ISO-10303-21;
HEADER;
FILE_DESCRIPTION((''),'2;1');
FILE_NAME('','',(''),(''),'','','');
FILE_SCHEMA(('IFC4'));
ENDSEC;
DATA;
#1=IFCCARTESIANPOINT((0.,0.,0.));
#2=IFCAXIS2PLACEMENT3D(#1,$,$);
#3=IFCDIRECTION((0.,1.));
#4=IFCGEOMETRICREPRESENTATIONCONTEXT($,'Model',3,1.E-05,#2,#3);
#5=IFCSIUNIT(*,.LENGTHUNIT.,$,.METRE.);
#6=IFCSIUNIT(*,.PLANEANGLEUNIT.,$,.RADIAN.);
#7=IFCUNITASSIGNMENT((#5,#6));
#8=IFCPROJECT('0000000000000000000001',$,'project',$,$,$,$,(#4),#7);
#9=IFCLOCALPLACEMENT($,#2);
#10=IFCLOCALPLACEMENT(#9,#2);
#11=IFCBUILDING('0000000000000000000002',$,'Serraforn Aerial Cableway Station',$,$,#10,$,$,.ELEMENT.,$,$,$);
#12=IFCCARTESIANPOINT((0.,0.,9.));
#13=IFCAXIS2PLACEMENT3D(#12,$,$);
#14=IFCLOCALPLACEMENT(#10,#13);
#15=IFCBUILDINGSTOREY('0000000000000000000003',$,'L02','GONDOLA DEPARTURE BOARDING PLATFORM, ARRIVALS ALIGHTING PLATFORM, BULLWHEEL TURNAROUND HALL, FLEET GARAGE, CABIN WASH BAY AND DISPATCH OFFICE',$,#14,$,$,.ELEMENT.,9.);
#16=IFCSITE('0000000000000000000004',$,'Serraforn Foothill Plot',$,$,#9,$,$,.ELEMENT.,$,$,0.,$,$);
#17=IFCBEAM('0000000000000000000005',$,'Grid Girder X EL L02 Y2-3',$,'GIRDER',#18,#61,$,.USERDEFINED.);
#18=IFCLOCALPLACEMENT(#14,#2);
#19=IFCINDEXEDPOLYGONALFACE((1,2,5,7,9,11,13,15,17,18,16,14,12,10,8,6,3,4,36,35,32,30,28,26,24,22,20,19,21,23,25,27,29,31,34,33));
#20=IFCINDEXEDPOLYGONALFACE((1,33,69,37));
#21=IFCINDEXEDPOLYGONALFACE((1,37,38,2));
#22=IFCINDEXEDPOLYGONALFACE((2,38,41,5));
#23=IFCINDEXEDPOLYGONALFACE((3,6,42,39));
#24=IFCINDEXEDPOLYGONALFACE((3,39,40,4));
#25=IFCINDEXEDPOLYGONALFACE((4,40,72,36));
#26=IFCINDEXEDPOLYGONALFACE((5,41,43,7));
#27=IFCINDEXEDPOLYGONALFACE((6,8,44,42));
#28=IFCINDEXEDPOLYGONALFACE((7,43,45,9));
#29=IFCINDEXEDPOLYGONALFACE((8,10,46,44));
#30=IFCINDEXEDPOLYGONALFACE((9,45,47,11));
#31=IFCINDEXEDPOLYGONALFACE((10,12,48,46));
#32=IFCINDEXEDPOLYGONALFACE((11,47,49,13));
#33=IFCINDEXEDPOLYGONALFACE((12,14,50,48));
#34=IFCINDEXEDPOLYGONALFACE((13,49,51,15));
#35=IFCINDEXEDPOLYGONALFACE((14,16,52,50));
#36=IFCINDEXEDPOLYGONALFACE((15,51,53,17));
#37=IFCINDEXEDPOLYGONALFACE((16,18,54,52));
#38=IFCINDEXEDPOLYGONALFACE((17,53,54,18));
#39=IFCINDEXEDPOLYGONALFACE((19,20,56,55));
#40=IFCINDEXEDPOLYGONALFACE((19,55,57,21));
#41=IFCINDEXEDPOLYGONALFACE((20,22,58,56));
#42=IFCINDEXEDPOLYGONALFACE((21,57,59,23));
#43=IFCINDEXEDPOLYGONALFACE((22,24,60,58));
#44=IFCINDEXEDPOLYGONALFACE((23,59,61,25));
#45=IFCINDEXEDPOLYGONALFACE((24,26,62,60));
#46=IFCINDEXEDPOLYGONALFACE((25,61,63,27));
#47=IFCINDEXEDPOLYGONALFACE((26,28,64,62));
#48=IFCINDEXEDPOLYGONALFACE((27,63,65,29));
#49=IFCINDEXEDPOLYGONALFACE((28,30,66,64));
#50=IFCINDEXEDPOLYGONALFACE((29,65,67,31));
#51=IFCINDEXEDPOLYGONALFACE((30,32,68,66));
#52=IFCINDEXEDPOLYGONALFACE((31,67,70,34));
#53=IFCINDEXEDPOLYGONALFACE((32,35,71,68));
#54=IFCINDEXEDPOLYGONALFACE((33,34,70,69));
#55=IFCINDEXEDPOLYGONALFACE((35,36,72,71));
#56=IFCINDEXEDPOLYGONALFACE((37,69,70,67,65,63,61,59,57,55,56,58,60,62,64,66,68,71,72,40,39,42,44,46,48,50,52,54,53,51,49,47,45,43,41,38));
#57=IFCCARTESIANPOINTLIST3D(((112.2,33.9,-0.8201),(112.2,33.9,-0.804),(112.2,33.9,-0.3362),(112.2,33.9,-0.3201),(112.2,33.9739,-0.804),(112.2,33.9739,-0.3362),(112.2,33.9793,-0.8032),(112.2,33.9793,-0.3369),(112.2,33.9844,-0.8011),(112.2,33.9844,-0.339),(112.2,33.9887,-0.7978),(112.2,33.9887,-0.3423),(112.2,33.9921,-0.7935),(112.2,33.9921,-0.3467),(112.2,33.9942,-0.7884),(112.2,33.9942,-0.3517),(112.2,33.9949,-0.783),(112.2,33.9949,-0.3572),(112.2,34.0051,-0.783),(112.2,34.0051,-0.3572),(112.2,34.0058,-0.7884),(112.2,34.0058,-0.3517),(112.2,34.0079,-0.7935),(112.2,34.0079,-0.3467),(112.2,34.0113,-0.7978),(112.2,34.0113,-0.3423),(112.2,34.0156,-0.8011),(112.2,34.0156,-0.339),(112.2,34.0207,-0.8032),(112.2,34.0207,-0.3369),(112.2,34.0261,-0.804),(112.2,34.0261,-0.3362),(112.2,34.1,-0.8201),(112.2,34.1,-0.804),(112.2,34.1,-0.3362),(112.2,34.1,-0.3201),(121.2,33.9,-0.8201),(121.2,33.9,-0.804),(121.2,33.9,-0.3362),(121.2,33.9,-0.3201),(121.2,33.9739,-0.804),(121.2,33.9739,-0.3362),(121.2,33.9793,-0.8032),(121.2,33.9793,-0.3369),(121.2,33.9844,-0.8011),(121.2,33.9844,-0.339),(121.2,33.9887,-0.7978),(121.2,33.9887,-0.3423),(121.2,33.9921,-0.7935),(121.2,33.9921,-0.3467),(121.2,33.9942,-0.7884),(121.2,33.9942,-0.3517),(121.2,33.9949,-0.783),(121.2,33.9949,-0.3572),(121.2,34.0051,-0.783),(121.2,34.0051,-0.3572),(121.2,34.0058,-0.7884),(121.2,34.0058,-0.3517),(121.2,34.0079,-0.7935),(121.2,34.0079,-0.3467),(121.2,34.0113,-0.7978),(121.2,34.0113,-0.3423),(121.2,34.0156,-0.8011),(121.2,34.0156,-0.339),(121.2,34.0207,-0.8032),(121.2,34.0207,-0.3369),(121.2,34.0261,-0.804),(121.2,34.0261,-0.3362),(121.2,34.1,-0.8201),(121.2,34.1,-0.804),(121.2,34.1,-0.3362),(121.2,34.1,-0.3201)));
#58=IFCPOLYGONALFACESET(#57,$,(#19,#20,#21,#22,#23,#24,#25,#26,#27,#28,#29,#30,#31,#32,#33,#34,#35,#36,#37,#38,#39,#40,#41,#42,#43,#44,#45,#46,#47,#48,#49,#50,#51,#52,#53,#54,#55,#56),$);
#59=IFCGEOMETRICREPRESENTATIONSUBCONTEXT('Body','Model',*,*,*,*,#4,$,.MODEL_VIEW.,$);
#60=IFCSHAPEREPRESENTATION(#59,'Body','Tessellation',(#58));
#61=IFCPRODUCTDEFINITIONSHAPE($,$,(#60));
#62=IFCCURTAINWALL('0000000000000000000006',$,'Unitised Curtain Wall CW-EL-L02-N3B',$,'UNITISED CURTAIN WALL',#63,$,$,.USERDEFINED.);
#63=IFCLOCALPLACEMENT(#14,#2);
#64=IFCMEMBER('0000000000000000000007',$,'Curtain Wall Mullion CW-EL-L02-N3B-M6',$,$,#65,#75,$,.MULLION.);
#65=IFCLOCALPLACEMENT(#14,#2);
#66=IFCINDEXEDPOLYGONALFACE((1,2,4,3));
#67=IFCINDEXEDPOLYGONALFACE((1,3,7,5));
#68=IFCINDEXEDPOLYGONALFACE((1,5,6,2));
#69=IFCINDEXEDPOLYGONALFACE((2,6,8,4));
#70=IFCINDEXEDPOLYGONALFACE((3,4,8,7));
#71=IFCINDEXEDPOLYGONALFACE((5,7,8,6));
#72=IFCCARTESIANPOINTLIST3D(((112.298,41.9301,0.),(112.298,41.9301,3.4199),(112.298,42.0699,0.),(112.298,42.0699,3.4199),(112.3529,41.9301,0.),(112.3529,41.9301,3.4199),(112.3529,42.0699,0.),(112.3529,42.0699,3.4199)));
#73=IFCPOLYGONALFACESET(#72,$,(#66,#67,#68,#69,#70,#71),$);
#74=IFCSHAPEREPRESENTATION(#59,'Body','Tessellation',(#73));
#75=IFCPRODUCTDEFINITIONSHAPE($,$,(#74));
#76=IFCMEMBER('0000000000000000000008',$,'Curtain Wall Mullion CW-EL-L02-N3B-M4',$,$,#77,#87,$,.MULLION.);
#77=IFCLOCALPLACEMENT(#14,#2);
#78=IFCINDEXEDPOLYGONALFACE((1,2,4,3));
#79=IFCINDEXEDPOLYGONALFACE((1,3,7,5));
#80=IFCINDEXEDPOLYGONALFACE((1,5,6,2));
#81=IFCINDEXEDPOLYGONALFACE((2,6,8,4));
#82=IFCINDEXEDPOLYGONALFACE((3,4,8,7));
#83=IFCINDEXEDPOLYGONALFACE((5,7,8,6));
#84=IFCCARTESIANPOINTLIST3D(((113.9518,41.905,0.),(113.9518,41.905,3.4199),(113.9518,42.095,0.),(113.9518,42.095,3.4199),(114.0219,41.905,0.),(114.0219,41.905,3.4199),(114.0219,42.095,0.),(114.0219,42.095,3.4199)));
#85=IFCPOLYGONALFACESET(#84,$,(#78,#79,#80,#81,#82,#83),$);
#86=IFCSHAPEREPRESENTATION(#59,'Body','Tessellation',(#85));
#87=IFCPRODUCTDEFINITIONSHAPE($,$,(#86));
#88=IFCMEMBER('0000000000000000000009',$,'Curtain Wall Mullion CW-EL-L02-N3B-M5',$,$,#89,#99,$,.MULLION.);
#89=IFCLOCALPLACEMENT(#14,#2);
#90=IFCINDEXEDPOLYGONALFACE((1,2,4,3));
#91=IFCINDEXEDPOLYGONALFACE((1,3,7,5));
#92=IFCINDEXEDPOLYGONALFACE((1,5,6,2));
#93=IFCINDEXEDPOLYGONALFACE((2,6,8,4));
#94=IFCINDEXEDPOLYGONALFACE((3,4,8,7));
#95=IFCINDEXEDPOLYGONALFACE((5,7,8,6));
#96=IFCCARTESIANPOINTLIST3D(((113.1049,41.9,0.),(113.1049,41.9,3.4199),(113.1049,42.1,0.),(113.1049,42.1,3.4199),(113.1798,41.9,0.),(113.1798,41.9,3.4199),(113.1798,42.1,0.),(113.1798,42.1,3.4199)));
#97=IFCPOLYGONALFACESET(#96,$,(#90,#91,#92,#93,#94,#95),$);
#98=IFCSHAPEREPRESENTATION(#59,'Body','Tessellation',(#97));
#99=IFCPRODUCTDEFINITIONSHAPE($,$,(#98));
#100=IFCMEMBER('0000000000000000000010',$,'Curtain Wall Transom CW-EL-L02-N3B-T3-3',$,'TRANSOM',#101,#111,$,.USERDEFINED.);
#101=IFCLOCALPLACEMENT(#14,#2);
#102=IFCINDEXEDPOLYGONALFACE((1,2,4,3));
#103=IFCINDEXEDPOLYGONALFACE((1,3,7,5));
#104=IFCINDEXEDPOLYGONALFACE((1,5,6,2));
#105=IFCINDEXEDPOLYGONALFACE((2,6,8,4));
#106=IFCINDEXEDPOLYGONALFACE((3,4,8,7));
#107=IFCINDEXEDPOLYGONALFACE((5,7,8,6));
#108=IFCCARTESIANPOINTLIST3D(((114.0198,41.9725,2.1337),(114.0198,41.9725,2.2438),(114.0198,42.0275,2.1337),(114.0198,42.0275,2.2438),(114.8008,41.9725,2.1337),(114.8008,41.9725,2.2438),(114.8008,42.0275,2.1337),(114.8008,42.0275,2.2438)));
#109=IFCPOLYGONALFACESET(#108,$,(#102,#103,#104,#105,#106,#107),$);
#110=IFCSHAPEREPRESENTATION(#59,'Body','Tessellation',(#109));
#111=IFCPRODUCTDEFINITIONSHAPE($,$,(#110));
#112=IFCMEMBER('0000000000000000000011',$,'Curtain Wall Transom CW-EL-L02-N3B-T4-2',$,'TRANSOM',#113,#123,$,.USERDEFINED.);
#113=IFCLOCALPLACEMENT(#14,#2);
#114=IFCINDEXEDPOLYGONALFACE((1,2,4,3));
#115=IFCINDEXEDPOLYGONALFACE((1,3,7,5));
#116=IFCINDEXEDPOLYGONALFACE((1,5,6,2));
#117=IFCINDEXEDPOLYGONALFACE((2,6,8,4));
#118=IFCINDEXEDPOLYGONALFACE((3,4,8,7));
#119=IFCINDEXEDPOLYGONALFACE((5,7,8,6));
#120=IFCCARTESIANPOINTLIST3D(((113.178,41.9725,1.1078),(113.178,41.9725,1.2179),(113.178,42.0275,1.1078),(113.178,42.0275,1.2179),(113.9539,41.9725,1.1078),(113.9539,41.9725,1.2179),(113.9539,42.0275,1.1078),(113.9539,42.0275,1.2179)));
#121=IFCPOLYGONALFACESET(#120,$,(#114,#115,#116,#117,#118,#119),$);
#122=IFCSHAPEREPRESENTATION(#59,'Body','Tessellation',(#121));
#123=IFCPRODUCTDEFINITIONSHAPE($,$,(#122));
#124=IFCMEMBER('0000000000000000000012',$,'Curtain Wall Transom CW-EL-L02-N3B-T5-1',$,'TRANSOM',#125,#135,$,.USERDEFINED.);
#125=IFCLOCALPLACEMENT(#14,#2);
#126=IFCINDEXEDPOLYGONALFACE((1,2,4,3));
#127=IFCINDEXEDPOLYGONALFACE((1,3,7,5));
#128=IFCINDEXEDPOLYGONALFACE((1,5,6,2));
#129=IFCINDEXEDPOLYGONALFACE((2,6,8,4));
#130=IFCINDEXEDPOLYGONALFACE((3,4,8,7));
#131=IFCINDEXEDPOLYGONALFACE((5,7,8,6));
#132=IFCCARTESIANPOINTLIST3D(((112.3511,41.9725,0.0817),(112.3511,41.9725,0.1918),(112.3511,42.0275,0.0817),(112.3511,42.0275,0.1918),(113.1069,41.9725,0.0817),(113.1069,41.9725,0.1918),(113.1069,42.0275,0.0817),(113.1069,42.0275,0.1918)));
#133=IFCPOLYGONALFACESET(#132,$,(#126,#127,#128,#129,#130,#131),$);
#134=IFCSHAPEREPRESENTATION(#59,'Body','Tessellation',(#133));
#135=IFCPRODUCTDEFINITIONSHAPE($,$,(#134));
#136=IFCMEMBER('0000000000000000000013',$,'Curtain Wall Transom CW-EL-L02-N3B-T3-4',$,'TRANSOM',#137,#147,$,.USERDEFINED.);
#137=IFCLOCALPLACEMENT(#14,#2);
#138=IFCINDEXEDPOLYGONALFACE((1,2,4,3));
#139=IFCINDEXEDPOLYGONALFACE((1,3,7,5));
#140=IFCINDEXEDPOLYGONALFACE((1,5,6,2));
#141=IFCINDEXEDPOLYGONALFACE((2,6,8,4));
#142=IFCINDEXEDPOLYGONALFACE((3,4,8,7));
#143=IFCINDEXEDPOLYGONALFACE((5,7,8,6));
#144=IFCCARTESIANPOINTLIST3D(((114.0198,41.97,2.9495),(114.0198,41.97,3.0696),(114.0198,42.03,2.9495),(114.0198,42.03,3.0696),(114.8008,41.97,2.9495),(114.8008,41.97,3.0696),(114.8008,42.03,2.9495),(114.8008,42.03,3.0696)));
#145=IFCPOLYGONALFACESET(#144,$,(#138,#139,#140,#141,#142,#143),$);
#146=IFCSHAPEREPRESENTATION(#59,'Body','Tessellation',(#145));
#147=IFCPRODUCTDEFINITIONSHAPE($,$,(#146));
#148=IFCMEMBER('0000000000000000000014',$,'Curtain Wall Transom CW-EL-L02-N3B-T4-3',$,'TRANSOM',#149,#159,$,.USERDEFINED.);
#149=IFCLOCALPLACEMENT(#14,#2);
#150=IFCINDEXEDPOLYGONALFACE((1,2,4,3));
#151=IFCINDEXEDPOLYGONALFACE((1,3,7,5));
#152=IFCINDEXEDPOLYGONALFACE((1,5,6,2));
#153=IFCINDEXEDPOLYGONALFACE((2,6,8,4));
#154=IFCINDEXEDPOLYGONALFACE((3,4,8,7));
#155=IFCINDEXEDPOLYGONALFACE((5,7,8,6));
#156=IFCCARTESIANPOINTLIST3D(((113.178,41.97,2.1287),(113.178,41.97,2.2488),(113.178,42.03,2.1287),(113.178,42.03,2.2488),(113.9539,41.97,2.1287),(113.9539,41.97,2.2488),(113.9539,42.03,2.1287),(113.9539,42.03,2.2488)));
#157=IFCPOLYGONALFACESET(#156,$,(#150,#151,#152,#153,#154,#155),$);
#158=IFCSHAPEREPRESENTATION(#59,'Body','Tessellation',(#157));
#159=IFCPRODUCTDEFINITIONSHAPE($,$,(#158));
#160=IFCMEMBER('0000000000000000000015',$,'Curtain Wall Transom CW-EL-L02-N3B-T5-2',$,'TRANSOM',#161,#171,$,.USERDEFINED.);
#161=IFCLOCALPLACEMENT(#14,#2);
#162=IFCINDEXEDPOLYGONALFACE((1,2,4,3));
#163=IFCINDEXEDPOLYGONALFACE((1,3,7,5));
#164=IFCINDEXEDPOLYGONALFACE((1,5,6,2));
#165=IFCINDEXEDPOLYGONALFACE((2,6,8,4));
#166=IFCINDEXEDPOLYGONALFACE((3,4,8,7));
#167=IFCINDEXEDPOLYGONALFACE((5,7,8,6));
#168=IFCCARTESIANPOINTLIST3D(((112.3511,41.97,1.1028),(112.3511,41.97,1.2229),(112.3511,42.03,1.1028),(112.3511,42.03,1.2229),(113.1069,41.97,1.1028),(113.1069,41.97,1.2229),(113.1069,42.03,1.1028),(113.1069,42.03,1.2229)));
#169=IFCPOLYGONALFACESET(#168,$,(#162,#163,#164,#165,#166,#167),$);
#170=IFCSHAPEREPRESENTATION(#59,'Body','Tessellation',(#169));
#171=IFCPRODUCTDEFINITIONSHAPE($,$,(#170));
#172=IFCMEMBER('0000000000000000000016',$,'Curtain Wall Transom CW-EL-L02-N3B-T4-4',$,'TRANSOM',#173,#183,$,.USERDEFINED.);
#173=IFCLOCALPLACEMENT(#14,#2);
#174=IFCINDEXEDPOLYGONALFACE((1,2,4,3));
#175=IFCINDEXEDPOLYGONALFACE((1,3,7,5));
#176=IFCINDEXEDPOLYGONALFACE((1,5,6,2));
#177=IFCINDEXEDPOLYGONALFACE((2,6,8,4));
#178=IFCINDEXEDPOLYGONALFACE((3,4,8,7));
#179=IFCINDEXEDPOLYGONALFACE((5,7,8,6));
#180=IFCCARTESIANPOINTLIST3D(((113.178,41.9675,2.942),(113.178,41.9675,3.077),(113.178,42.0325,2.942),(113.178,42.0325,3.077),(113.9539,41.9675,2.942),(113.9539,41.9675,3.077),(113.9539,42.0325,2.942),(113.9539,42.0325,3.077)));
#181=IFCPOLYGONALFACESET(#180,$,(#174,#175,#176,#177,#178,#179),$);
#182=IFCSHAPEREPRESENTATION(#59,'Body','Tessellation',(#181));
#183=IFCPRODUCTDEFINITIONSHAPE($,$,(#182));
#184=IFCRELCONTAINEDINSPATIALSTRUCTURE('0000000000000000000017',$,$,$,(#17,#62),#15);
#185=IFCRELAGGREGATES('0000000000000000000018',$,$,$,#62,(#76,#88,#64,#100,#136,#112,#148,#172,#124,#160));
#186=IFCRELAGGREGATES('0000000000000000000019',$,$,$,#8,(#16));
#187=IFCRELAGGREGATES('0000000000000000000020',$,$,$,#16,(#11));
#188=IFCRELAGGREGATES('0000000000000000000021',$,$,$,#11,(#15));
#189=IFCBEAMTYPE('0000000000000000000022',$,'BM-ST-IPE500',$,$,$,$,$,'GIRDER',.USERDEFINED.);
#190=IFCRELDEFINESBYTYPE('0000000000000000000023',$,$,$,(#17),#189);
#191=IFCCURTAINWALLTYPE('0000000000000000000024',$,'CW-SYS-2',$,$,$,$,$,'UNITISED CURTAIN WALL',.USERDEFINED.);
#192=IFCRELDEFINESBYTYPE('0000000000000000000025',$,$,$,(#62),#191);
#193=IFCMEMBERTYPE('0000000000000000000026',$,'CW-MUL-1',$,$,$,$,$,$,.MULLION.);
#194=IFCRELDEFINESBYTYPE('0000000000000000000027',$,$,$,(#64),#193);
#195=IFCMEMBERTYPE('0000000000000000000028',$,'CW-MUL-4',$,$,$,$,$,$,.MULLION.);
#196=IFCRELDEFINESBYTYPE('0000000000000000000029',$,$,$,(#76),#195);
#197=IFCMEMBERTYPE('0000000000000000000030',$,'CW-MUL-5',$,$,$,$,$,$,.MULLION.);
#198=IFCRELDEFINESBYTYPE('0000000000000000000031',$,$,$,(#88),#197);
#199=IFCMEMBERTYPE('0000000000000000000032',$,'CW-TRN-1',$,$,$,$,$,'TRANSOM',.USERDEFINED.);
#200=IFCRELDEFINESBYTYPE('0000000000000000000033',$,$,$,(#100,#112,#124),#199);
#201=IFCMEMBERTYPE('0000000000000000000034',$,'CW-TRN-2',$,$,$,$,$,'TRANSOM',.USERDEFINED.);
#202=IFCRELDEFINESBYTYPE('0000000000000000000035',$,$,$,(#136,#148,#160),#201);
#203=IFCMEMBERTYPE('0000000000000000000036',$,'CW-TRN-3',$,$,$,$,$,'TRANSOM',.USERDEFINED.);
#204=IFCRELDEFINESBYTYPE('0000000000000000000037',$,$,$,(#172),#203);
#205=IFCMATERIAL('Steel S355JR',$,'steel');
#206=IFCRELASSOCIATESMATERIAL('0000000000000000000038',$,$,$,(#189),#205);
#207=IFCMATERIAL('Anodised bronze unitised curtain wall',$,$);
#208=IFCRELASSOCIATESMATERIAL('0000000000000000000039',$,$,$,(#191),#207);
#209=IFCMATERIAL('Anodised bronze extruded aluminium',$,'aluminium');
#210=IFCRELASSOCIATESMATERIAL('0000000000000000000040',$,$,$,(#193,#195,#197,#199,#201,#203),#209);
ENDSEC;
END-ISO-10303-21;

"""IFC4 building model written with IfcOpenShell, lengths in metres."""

from ifc_helpers import new_model, si_unit, direction, frame, origin, origin_2d, place, context, subcontext, project, spatial, rectangle, i_section, extrude, material, material_profile, profile_set, type_object, element, aggregate, save


model = new_model("IFC4")

# Units and contexts
model_context = context("Model", 3, precision=1e-05, world=origin(), true_north=direction((0.0, 1.0)))
body_context = subcontext(model_context, "Body", "Model", "MODEL_VIEW")
ifc_project = project(units=[si_unit("LENGTHUNIT", "METRE"), si_unit("PLANEANGLEUNIT", "RADIAN")], contexts=[model_context])

# Site, building, storey
site_placement = place(None, origin())
site = spatial("IfcSite", under=ifc_project, at=site_placement, Name="Serraforn Foothill Plot", CompositionType="ELEMENT", RefElevation=0.0)
building_placement = place(site_placement, origin())
building = spatial("IfcBuilding", under=site, at=building_placement, Name="Serraforn Aerial Cableway Station", CompositionType="ELEMENT")
storey_placement = place(building_placement, frame((0.0, 0.0, 9.0)))
storey = spatial("IfcBuildingStorey", under=building, at=storey_placement, Name="L02", Description="GONDOLA DEPARTURE BOARDING PLATFORM, ARRIVALS ALIGHTING PLATFORM, BULLWHEEL TURNAROUND HALL, FLEET GARAGE, CABIN WASH BAY AND DISPATCH OFFICE", CompositionType="ELEMENT", Elevation=9.0)

# Beam
ifc_material_1 = material(Name="Steel S355JR", Category="steel")
ifc_material_profile_1 = material_profile(ifc_material_1, i_section(OverallWidth=0.2, OverallDepth=0.5, WebThickness=0.0103, FlangeThickness=0.0161, FilletRadius=0.021, at=origin_2d()), Name="IPE 500")
ifc_profile_set_1 = profile_set([ifc_material_profile_1], Name="Steel S355JR")
beam_type_1 = type_object("IfcBeamType", Name="BM-ST-IPE500", ElementType="GIRDER", PredefinedType="USERDEFINED", material=ifc_profile_set_1)
beam_1_placement = place(storey_placement, frame((112.2, 34.0, -0.5701), z_axis=(1.0, 0.0, 0.0), x_axis=(0.0, 1.0, 0.0)))
element("IfcBeam", 1, at=beam_1_placement, inside=storey, type_object=beam_type_1, Name="Grid Girder X EL L02 Y2-3", ObjectType="GIRDER", PredefinedType="USERDEFINED", context=body_context, shape_type="SweptSolid", body=[
    extrude(i_section(OverallWidth=0.2, OverallDepth=0.5, WebThickness=0.0103, FlangeThickness=0.0161, FilletRadius=0.021, at=origin_2d()), origin(), (0.0, 0.0, 1.0), 9.0),
])

# Curtain wall, members
ifc_material_2 = material(Name="Anodised bronze unitised curtain wall")
curtain_wall_type = type_object("IfcCurtainWallType", Name="CW-SYS-2", ElementType="UNITISED CURTAIN WALL", PredefinedType="USERDEFINED", material=ifc_material_2)
curtain_wall_placement = place(storey_placement, origin())
curtain_wall = element("IfcCurtainWall", 2, at=curtain_wall_placement, inside=storey, type_object=curtain_wall_type, Name="Unitised Curtain Wall CW-EL-L02-N3B", ObjectType="UNITISED CURTAIN WALL", PredefinedType="USERDEFINED")
ifc_material_3 = material(Name="Anodised bronze extruded aluminium", Category="aluminium")
ifc_material_profile_2 = material_profile(ifc_material_3, rectangle(XDim=0.0549, YDim=0.1399, at=origin_2d()), Name="CW MULLION 55x140")
ifc_profile_set_2 = profile_set([ifc_material_profile_2], Name="Anodised bronze extruded aluminium")
member_type_1 = type_object("IfcMemberType", Name="CW-MUL-1", PredefinedType="MULLION", material=ifc_profile_set_2)
member_1_placement = place(storey_placement, frame((112.3254, 42.0, 0.0), z_axis=(0.0, 0.0, 1.0), x_axis=(-1.0, 0.0, 0.0)))
member_1 = element("IfcMember", 3, at=member_1_placement, type_object=member_type_1, Name="Curtain Wall Mullion CW-EL-L02-N3B-M6", PredefinedType="MULLION", context=body_context, shape_type="SweptSolid", body=[
    extrude(rectangle(XDim=0.0549, YDim=0.1399, at=origin_2d()), origin(), (0.0, 0.0, 1.0), 3.4199),
])
ifc_material_profile_3 = material_profile(ifc_material_3, rectangle(XDim=0.0701, YDim=0.1899, at=origin_2d()), Name="CW MULLION 70x190")
ifc_profile_set_3 = profile_set([ifc_material_profile_3], Name="Anodised bronze extruded aluminium")
member_type_2 = type_object("IfcMemberType", Name="CW-MUL-4", PredefinedType="MULLION", material=ifc_profile_set_3)
member_2_placement = place(storey_placement, frame((113.9868, 42.0, 0.0), z_axis=(0.0, 0.0, 1.0), x_axis=(-1.0, 0.0, 0.0)))
member_2 = element("IfcMember", 4, at=member_2_placement, type_object=member_type_2, Name="Curtain Wall Mullion CW-EL-L02-N3B-M4", PredefinedType="MULLION", context=body_context, shape_type="SweptSolid", body=[
    extrude(rectangle(XDim=0.0701, YDim=0.1899, at=origin_2d()), origin(), (0.0, 0.0, 1.0), 3.4199),
])
ifc_material_profile_4 = material_profile(ifc_material_3, rectangle(XDim=0.075, YDim=0.2, at=origin_2d()), Name="CW MULLION 75x200")
ifc_profile_set_4 = profile_set([ifc_material_profile_4], Name="Anodised bronze extruded aluminium")
member_type_3 = type_object("IfcMemberType", Name="CW-MUL-5", PredefinedType="MULLION", material=ifc_profile_set_4)
member_3_placement = place(storey_placement, frame((113.1423, 42.0, 0.0), z_axis=(0.0, 0.0, 1.0), x_axis=(-1.0, 0.0, 0.0)))
member_3 = element("IfcMember", 5, at=member_3_placement, type_object=member_type_3, Name="Curtain Wall Mullion CW-EL-L02-N3B-M5", PredefinedType="MULLION", context=body_context, shape_type="SweptSolid", body=[
    extrude(rectangle(XDim=0.075, YDim=0.2, at=origin_2d()), origin(), (0.0, 0.0, 1.0), 3.4199),
])
ifc_material_profile_5 = material_profile(ifc_material_3, rectangle(XDim=0.0549, YDim=0.1101, at=origin_2d()), Name="CW TRANSOM 55x110")
ifc_profile_set_5 = profile_set([ifc_material_profile_5], Name="Anodised bronze extruded aluminium")
member_type_4 = type_object("IfcMemberType", Name="CW-TRN-1", ElementType="TRANSOM", PredefinedType="USERDEFINED", material=ifc_profile_set_5)
member_4_placement = place(storey_placement, frame((114.8008, 42.0, 2.1887), z_axis=(-1.0, 0.0, 0.0), x_axis=(0.0, -1.0, 0.0)))
member_4 = element("IfcMember", 6, at=member_4_placement, type_object=member_type_4, Name="Curtain Wall Transom CW-EL-L02-N3B-T3-3", ObjectType="TRANSOM", PredefinedType="USERDEFINED", context=body_context, shape_type="SweptSolid", body=[
    extrude(rectangle(XDim=0.0549, YDim=0.1101, at=origin_2d()), origin(), (0.0, 0.0, 1.0), 0.781),
])
member_5_placement = place(storey_placement, frame((113.9539, 42.0, 1.1628), z_axis=(-1.0, 0.0, 0.0), x_axis=(0.0, -1.0, 0.0)))
member_5 = element("IfcMember", 7, at=member_5_placement, type_object=member_type_4, Name="Curtain Wall Transom CW-EL-L02-N3B-T4-2", ObjectType="TRANSOM", PredefinedType="USERDEFINED", context=body_context, shape_type="SweptSolid", body=[
    extrude(rectangle(XDim=0.0549, YDim=0.1101, at=origin_2d()), origin(), (0.0, 0.0, 1.0), 0.7759),
])
member_6_placement = place(storey_placement, frame((113.1069, 42.0, 0.1367), z_axis=(-1.0, 0.0, 0.0), x_axis=(0.0, -1.0, 0.0)))
member_6 = element("IfcMember", 8, at=member_6_placement, type_object=member_type_4, Name="Curtain Wall Transom CW-EL-L02-N3B-T5-1", ObjectType="TRANSOM", PredefinedType="USERDEFINED", context=body_context, shape_type="SweptSolid", body=[
    extrude(rectangle(XDim=0.0549, YDim=0.1101, at=origin_2d()), origin(), (0.0, 0.0, 1.0), 0.7559),
])
ifc_material_profile_6 = material_profile(ifc_material_3, rectangle(XDim=0.0601, YDim=0.1201, at=origin_2d()), Name="CW TRANSOM 60x120")
ifc_profile_set_6 = profile_set([ifc_material_profile_6], Name="Anodised bronze extruded aluminium")
member_type_5 = type_object("IfcMemberType", Name="CW-TRN-2", ElementType="TRANSOM", PredefinedType="USERDEFINED", material=ifc_profile_set_6)
member_7_placement = place(storey_placement, frame((114.8008, 42.0, 3.0095), z_axis=(-1.0, 0.0, 0.0), x_axis=(0.0, -1.0, 0.0)))
member_7 = element("IfcMember", 9, at=member_7_placement, type_object=member_type_5, Name="Curtain Wall Transom CW-EL-L02-N3B-T3-4", ObjectType="TRANSOM", PredefinedType="USERDEFINED", context=body_context, shape_type="SweptSolid", body=[
    extrude(rectangle(XDim=0.0601, YDim=0.1201, at=origin_2d()), origin(), (0.0, 0.0, 1.0), 0.781),
])
member_8_placement = place(storey_placement, frame((113.9539, 42.0, 2.1887), z_axis=(-1.0, 0.0, 0.0), x_axis=(0.0, -1.0, 0.0)))
member_8 = element("IfcMember", 10, at=member_8_placement, type_object=member_type_5, Name="Curtain Wall Transom CW-EL-L02-N3B-T4-3", ObjectType="TRANSOM", PredefinedType="USERDEFINED", context=body_context, shape_type="SweptSolid", body=[
    extrude(rectangle(XDim=0.0601, YDim=0.1201, at=origin_2d()), origin(), (0.0, 0.0, 1.0), 0.7759),
])
member_9_placement = place(storey_placement, frame((113.1069, 42.0, 1.1628), z_axis=(-1.0, 0.0, 0.0), x_axis=(0.0, -1.0, 0.0)))
member_9 = element("IfcMember", 11, at=member_9_placement, type_object=member_type_5, Name="Curtain Wall Transom CW-EL-L02-N3B-T5-2", ObjectType="TRANSOM", PredefinedType="USERDEFINED", context=body_context, shape_type="SweptSolid", body=[
    extrude(rectangle(XDim=0.0601, YDim=0.1201, at=origin_2d()), origin(), (0.0, 0.0, 1.0), 0.7559),
])
ifc_material_profile_7 = material_profile(ifc_material_3, rectangle(XDim=0.0649, YDim=0.135, at=origin_2d()), Name="CW TRANSOM 65x135")
ifc_profile_set_7 = profile_set([ifc_material_profile_7], Name="Anodised bronze extruded aluminium")
member_type_6 = type_object("IfcMemberType", Name="CW-TRN-3", ElementType="TRANSOM", PredefinedType="USERDEFINED", material=ifc_profile_set_7)
member_10_placement = place(storey_placement, frame((113.9539, 42.0, 3.0095), z_axis=(-1.0, 0.0, 0.0), x_axis=(0.0, -1.0, 0.0)))
member_10 = element("IfcMember", 12, at=member_10_placement, type_object=member_type_6, Name="Curtain Wall Transom CW-EL-L02-N3B-T4-4", ObjectType="TRANSOM", PredefinedType="USERDEFINED", context=body_context, shape_type="SweptSolid", body=[
    extrude(rectangle(XDim=0.0649, YDim=0.135, at=origin_2d()), origin(), (0.0, 0.0, 1.0), 0.7759),
])
aggregate(curtain_wall, [member_2, member_3, member_1, member_4, member_7, member_5, member_8, member_10, member_6, member_9])

save(model, "model.ifc")
